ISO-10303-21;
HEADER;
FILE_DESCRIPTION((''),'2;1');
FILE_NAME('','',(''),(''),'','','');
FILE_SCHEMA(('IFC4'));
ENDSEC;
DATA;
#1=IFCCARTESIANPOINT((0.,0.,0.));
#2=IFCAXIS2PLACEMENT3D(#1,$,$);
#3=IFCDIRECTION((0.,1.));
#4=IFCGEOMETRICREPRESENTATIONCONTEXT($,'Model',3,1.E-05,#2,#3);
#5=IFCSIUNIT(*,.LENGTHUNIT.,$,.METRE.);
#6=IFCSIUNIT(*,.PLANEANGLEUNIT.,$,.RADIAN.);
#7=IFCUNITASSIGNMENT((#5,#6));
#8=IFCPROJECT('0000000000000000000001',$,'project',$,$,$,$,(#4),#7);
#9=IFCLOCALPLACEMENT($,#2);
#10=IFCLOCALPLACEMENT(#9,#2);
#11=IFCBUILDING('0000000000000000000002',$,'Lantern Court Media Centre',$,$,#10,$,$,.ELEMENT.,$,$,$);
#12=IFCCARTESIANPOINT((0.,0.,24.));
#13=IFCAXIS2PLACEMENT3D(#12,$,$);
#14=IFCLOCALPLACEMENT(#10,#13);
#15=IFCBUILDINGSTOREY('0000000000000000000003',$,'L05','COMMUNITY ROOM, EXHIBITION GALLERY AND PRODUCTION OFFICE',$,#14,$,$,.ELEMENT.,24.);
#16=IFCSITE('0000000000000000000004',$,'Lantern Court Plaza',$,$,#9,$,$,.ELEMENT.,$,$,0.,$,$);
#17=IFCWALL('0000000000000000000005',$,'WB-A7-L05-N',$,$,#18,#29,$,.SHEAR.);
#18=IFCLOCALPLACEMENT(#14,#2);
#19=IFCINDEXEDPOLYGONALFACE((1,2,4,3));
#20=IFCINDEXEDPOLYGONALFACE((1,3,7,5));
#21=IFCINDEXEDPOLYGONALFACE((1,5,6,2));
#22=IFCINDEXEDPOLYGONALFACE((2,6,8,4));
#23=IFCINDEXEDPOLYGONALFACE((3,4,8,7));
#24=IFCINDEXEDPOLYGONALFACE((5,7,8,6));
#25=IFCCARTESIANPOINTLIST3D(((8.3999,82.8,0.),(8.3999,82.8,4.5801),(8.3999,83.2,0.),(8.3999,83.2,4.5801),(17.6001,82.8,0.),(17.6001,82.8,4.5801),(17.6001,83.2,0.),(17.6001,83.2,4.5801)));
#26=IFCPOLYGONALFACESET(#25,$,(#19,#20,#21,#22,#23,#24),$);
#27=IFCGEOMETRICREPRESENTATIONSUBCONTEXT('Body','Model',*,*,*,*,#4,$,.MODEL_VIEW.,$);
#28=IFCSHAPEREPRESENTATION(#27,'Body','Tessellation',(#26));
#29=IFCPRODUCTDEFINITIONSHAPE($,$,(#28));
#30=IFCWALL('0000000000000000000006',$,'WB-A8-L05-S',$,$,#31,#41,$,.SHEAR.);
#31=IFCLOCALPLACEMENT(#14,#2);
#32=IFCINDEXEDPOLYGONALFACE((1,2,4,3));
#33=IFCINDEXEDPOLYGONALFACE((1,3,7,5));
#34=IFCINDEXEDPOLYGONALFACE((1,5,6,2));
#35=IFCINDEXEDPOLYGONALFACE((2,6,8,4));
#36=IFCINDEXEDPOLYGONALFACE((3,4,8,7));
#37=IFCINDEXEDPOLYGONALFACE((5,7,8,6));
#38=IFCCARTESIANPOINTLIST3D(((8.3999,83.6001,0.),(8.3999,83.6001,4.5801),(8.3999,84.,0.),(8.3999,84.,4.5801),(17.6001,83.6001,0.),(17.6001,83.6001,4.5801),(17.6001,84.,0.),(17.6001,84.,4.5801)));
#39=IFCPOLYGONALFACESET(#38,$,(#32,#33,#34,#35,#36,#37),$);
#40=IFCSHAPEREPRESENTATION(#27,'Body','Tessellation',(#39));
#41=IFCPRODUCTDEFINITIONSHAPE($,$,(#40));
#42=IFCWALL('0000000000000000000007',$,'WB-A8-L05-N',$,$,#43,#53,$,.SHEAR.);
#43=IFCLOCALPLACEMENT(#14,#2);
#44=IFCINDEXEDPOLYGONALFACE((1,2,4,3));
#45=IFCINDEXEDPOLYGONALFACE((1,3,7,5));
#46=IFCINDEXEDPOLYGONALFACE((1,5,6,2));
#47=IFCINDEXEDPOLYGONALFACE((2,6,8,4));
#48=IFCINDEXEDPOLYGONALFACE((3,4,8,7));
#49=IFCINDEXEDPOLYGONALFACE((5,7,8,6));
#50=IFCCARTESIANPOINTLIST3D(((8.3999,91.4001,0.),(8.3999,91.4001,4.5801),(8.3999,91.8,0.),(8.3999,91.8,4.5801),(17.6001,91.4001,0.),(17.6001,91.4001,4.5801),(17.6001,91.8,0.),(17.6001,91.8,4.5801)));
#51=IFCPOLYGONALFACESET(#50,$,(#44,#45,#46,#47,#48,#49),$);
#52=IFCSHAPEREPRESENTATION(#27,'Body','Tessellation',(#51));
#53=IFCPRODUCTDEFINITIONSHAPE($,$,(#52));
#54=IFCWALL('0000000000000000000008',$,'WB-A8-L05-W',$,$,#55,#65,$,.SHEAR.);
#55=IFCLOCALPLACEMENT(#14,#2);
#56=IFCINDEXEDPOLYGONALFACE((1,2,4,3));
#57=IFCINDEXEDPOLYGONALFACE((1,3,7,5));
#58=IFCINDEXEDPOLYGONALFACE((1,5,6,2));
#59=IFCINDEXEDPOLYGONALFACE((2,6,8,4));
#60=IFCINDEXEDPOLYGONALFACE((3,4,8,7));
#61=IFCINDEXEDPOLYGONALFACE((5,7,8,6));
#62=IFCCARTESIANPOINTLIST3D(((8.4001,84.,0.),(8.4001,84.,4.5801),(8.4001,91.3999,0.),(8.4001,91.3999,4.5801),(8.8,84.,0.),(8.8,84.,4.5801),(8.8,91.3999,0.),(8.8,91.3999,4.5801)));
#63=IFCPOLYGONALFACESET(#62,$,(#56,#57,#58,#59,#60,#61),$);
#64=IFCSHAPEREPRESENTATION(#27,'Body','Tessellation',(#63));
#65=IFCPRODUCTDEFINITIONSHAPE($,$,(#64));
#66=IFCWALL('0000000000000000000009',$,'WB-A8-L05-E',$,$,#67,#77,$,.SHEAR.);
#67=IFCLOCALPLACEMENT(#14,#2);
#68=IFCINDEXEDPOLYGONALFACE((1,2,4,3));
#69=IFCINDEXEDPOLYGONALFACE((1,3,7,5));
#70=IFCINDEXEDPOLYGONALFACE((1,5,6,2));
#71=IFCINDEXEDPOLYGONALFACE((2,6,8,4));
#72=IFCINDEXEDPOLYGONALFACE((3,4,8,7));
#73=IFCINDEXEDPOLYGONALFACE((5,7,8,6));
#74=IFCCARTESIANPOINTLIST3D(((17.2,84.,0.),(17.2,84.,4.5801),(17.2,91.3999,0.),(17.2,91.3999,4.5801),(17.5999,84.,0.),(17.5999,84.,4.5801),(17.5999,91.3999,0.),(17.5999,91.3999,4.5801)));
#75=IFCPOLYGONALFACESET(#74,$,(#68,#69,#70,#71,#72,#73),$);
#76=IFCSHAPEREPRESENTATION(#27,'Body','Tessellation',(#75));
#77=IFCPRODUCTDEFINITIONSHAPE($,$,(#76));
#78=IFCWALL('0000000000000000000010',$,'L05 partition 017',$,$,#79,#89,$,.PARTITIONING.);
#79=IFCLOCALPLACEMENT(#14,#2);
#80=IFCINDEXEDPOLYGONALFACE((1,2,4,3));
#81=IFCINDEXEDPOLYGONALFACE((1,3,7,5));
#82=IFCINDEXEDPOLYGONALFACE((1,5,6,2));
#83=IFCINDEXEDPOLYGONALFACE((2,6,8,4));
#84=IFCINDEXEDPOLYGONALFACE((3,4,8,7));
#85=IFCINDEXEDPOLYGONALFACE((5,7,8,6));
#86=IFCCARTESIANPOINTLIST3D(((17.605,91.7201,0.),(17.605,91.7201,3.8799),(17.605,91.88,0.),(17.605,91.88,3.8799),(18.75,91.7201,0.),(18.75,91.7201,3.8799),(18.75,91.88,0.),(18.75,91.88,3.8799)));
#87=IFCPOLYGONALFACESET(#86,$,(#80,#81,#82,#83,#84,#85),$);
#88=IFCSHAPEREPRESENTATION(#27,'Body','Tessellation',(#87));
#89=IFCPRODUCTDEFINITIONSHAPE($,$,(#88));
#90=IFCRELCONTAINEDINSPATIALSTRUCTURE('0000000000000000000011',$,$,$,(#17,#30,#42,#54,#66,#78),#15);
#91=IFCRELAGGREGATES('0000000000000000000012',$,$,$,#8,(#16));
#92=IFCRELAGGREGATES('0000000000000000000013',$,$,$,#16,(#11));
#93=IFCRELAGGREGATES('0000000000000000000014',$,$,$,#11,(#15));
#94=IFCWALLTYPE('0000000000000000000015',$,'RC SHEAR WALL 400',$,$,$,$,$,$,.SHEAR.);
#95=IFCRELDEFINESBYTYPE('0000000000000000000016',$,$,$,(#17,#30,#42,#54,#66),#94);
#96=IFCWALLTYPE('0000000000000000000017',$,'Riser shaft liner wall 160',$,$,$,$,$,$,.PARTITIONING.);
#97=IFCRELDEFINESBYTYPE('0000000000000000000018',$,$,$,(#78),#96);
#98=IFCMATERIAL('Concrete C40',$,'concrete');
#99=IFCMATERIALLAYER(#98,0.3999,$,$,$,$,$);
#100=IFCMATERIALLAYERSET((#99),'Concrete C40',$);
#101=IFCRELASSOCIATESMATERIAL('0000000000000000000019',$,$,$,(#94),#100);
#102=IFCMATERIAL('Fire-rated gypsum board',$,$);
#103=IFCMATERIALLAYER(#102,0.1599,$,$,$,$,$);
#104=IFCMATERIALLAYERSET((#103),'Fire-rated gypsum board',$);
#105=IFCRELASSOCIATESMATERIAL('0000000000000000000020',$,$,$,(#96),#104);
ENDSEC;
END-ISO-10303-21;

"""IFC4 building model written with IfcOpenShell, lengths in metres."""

from ifc_helpers import new_model, si_unit, direction, frame, frame_2d, origin, place, context, subcontext, project, spatial, rectangle, extrude, material, layer, layer_set, type_object, element, save


model = new_model("IFC4")

# Units and contexts
model_context = context("Model", 3, precision=1e-05, world=origin(), true_north=direction((0.0, 1.0)))
body_context = subcontext(model_context, "Body", "Model", "MODEL_VIEW")
ifc_project = project(units=[si_unit("LENGTHUNIT", "METRE"), si_unit("PLANEANGLEUNIT", "RADIAN")], contexts=[model_context])

# Site, building, storey
site_placement = place(None, origin())
site = spatial("IfcSite", under=ifc_project, at=site_placement, Name="Lantern Court Plaza", CompositionType="ELEMENT", RefElevation=0.0)
building_placement = place(site_placement, origin())
building = spatial("IfcBuilding", under=site, at=building_placement, Name="Lantern Court Media Centre", CompositionType="ELEMENT")
storey_placement = place(building_placement, frame((0.0, 0.0, 24.0)))
storey = spatial("IfcBuildingStorey", under=building, at=storey_placement, Name="L05", Description="COMMUNITY ROOM, EXHIBITION GALLERY AND PRODUCTION OFFICE", CompositionType="ELEMENT", Elevation=24.0)

# Walls
ifc_material_1 = material(Name="Concrete C40", Category="concrete")
ifc_layer_1 = layer(ifc_material_1, 0.3999)
ifc_layer_set_1 = layer_set([ifc_layer_1], Name="Concrete C40")
wall_type_1 = type_object("IfcWallType", Name="RC SHEAR WALL 400", PredefinedType="SHEAR", material=ifc_layer_set_1)
for number, where, z_axis, x_axis, name in (
    (1, (8.3999, 83.0, 0.0), (0.0, 0.0, 1.0), (1.0, 0.0, 0.0), "WB-A7-L05-N"),
    (2, (8.3999, 83.8, 0.0), (0.0, 0.0, 1.0), (1.0, 0.0, 0.0), "WB-A8-L05-S"),
    (3, (8.3999, 91.6001, 0.0), (0.0, 0.0, 1.0), (1.0, 0.0, 0.0), "WB-A8-L05-N"),
):
    element("IfcWall", number, at=place(storey_placement, frame(where, z_axis=z_axis, x_axis=x_axis)), inside=storey, type_object=wall_type_1, Name=name, PredefinedType="SHEAR", context=body_context, shape_type="SweptSolid", body=[
        extrude(rectangle(XDim=9.2002, YDim=0.3999, at=frame_2d((4.6001, 0.0))), origin(), (0.0, 0.0, 1.0), 4.5801),
    ])
for number, where, z_axis, x_axis, name in (
    (4, (8.6001, 84.0, 0.0), (0.0, 0.0, 1.0), (0.0, 1.0, 0.0), "WB-A8-L05-W"),
    (5, (17.3999, 84.0, 0.0), (0.0, 0.0, 1.0), (0.0, 1.0, 0.0), "WB-A8-L05-E"),
):
    element("IfcWall", number, at=place(storey_placement, frame(where, z_axis=z_axis, x_axis=x_axis)), inside=storey, type_object=wall_type_1, Name=name, PredefinedType="SHEAR", context=body_context, shape_type="SweptSolid", body=[
        extrude(rectangle(XDim=7.3999, YDim=0.3999, at=frame_2d((3.7, 0.0))), origin(), (0.0, 0.0, 1.0), 4.5801),
    ])
ifc_material_2 = material(Name="Fire-rated gypsum board")
ifc_layer_2 = layer(ifc_material_2, 0.1599)
ifc_layer_set_2 = layer_set([ifc_layer_2], Name="Fire-rated gypsum board")
wall_type_2 = type_object("IfcWallType", Name="Riser shaft liner wall 160", PredefinedType="PARTITIONING", material=ifc_layer_set_2)
wall_1_placement = place(storey_placement, frame((17.605, 91.8, 0.0), z_axis=(0.0, 0.0, 1.0), x_axis=(1.0, 0.0, 0.0)))
element("IfcWall", 6, at=wall_1_placement, inside=storey, type_object=wall_type_2, Name="L05 partition 017", PredefinedType="PARTITIONING", context=body_context, shape_type="SweptSolid", body=[
    extrude(rectangle(XDim=1.145, YDim=0.1599, at=frame_2d((0.5725, 0.0))), origin(), (0.0, 0.0, 1.0), 3.8799),
])

save(model, "model.ifc")
